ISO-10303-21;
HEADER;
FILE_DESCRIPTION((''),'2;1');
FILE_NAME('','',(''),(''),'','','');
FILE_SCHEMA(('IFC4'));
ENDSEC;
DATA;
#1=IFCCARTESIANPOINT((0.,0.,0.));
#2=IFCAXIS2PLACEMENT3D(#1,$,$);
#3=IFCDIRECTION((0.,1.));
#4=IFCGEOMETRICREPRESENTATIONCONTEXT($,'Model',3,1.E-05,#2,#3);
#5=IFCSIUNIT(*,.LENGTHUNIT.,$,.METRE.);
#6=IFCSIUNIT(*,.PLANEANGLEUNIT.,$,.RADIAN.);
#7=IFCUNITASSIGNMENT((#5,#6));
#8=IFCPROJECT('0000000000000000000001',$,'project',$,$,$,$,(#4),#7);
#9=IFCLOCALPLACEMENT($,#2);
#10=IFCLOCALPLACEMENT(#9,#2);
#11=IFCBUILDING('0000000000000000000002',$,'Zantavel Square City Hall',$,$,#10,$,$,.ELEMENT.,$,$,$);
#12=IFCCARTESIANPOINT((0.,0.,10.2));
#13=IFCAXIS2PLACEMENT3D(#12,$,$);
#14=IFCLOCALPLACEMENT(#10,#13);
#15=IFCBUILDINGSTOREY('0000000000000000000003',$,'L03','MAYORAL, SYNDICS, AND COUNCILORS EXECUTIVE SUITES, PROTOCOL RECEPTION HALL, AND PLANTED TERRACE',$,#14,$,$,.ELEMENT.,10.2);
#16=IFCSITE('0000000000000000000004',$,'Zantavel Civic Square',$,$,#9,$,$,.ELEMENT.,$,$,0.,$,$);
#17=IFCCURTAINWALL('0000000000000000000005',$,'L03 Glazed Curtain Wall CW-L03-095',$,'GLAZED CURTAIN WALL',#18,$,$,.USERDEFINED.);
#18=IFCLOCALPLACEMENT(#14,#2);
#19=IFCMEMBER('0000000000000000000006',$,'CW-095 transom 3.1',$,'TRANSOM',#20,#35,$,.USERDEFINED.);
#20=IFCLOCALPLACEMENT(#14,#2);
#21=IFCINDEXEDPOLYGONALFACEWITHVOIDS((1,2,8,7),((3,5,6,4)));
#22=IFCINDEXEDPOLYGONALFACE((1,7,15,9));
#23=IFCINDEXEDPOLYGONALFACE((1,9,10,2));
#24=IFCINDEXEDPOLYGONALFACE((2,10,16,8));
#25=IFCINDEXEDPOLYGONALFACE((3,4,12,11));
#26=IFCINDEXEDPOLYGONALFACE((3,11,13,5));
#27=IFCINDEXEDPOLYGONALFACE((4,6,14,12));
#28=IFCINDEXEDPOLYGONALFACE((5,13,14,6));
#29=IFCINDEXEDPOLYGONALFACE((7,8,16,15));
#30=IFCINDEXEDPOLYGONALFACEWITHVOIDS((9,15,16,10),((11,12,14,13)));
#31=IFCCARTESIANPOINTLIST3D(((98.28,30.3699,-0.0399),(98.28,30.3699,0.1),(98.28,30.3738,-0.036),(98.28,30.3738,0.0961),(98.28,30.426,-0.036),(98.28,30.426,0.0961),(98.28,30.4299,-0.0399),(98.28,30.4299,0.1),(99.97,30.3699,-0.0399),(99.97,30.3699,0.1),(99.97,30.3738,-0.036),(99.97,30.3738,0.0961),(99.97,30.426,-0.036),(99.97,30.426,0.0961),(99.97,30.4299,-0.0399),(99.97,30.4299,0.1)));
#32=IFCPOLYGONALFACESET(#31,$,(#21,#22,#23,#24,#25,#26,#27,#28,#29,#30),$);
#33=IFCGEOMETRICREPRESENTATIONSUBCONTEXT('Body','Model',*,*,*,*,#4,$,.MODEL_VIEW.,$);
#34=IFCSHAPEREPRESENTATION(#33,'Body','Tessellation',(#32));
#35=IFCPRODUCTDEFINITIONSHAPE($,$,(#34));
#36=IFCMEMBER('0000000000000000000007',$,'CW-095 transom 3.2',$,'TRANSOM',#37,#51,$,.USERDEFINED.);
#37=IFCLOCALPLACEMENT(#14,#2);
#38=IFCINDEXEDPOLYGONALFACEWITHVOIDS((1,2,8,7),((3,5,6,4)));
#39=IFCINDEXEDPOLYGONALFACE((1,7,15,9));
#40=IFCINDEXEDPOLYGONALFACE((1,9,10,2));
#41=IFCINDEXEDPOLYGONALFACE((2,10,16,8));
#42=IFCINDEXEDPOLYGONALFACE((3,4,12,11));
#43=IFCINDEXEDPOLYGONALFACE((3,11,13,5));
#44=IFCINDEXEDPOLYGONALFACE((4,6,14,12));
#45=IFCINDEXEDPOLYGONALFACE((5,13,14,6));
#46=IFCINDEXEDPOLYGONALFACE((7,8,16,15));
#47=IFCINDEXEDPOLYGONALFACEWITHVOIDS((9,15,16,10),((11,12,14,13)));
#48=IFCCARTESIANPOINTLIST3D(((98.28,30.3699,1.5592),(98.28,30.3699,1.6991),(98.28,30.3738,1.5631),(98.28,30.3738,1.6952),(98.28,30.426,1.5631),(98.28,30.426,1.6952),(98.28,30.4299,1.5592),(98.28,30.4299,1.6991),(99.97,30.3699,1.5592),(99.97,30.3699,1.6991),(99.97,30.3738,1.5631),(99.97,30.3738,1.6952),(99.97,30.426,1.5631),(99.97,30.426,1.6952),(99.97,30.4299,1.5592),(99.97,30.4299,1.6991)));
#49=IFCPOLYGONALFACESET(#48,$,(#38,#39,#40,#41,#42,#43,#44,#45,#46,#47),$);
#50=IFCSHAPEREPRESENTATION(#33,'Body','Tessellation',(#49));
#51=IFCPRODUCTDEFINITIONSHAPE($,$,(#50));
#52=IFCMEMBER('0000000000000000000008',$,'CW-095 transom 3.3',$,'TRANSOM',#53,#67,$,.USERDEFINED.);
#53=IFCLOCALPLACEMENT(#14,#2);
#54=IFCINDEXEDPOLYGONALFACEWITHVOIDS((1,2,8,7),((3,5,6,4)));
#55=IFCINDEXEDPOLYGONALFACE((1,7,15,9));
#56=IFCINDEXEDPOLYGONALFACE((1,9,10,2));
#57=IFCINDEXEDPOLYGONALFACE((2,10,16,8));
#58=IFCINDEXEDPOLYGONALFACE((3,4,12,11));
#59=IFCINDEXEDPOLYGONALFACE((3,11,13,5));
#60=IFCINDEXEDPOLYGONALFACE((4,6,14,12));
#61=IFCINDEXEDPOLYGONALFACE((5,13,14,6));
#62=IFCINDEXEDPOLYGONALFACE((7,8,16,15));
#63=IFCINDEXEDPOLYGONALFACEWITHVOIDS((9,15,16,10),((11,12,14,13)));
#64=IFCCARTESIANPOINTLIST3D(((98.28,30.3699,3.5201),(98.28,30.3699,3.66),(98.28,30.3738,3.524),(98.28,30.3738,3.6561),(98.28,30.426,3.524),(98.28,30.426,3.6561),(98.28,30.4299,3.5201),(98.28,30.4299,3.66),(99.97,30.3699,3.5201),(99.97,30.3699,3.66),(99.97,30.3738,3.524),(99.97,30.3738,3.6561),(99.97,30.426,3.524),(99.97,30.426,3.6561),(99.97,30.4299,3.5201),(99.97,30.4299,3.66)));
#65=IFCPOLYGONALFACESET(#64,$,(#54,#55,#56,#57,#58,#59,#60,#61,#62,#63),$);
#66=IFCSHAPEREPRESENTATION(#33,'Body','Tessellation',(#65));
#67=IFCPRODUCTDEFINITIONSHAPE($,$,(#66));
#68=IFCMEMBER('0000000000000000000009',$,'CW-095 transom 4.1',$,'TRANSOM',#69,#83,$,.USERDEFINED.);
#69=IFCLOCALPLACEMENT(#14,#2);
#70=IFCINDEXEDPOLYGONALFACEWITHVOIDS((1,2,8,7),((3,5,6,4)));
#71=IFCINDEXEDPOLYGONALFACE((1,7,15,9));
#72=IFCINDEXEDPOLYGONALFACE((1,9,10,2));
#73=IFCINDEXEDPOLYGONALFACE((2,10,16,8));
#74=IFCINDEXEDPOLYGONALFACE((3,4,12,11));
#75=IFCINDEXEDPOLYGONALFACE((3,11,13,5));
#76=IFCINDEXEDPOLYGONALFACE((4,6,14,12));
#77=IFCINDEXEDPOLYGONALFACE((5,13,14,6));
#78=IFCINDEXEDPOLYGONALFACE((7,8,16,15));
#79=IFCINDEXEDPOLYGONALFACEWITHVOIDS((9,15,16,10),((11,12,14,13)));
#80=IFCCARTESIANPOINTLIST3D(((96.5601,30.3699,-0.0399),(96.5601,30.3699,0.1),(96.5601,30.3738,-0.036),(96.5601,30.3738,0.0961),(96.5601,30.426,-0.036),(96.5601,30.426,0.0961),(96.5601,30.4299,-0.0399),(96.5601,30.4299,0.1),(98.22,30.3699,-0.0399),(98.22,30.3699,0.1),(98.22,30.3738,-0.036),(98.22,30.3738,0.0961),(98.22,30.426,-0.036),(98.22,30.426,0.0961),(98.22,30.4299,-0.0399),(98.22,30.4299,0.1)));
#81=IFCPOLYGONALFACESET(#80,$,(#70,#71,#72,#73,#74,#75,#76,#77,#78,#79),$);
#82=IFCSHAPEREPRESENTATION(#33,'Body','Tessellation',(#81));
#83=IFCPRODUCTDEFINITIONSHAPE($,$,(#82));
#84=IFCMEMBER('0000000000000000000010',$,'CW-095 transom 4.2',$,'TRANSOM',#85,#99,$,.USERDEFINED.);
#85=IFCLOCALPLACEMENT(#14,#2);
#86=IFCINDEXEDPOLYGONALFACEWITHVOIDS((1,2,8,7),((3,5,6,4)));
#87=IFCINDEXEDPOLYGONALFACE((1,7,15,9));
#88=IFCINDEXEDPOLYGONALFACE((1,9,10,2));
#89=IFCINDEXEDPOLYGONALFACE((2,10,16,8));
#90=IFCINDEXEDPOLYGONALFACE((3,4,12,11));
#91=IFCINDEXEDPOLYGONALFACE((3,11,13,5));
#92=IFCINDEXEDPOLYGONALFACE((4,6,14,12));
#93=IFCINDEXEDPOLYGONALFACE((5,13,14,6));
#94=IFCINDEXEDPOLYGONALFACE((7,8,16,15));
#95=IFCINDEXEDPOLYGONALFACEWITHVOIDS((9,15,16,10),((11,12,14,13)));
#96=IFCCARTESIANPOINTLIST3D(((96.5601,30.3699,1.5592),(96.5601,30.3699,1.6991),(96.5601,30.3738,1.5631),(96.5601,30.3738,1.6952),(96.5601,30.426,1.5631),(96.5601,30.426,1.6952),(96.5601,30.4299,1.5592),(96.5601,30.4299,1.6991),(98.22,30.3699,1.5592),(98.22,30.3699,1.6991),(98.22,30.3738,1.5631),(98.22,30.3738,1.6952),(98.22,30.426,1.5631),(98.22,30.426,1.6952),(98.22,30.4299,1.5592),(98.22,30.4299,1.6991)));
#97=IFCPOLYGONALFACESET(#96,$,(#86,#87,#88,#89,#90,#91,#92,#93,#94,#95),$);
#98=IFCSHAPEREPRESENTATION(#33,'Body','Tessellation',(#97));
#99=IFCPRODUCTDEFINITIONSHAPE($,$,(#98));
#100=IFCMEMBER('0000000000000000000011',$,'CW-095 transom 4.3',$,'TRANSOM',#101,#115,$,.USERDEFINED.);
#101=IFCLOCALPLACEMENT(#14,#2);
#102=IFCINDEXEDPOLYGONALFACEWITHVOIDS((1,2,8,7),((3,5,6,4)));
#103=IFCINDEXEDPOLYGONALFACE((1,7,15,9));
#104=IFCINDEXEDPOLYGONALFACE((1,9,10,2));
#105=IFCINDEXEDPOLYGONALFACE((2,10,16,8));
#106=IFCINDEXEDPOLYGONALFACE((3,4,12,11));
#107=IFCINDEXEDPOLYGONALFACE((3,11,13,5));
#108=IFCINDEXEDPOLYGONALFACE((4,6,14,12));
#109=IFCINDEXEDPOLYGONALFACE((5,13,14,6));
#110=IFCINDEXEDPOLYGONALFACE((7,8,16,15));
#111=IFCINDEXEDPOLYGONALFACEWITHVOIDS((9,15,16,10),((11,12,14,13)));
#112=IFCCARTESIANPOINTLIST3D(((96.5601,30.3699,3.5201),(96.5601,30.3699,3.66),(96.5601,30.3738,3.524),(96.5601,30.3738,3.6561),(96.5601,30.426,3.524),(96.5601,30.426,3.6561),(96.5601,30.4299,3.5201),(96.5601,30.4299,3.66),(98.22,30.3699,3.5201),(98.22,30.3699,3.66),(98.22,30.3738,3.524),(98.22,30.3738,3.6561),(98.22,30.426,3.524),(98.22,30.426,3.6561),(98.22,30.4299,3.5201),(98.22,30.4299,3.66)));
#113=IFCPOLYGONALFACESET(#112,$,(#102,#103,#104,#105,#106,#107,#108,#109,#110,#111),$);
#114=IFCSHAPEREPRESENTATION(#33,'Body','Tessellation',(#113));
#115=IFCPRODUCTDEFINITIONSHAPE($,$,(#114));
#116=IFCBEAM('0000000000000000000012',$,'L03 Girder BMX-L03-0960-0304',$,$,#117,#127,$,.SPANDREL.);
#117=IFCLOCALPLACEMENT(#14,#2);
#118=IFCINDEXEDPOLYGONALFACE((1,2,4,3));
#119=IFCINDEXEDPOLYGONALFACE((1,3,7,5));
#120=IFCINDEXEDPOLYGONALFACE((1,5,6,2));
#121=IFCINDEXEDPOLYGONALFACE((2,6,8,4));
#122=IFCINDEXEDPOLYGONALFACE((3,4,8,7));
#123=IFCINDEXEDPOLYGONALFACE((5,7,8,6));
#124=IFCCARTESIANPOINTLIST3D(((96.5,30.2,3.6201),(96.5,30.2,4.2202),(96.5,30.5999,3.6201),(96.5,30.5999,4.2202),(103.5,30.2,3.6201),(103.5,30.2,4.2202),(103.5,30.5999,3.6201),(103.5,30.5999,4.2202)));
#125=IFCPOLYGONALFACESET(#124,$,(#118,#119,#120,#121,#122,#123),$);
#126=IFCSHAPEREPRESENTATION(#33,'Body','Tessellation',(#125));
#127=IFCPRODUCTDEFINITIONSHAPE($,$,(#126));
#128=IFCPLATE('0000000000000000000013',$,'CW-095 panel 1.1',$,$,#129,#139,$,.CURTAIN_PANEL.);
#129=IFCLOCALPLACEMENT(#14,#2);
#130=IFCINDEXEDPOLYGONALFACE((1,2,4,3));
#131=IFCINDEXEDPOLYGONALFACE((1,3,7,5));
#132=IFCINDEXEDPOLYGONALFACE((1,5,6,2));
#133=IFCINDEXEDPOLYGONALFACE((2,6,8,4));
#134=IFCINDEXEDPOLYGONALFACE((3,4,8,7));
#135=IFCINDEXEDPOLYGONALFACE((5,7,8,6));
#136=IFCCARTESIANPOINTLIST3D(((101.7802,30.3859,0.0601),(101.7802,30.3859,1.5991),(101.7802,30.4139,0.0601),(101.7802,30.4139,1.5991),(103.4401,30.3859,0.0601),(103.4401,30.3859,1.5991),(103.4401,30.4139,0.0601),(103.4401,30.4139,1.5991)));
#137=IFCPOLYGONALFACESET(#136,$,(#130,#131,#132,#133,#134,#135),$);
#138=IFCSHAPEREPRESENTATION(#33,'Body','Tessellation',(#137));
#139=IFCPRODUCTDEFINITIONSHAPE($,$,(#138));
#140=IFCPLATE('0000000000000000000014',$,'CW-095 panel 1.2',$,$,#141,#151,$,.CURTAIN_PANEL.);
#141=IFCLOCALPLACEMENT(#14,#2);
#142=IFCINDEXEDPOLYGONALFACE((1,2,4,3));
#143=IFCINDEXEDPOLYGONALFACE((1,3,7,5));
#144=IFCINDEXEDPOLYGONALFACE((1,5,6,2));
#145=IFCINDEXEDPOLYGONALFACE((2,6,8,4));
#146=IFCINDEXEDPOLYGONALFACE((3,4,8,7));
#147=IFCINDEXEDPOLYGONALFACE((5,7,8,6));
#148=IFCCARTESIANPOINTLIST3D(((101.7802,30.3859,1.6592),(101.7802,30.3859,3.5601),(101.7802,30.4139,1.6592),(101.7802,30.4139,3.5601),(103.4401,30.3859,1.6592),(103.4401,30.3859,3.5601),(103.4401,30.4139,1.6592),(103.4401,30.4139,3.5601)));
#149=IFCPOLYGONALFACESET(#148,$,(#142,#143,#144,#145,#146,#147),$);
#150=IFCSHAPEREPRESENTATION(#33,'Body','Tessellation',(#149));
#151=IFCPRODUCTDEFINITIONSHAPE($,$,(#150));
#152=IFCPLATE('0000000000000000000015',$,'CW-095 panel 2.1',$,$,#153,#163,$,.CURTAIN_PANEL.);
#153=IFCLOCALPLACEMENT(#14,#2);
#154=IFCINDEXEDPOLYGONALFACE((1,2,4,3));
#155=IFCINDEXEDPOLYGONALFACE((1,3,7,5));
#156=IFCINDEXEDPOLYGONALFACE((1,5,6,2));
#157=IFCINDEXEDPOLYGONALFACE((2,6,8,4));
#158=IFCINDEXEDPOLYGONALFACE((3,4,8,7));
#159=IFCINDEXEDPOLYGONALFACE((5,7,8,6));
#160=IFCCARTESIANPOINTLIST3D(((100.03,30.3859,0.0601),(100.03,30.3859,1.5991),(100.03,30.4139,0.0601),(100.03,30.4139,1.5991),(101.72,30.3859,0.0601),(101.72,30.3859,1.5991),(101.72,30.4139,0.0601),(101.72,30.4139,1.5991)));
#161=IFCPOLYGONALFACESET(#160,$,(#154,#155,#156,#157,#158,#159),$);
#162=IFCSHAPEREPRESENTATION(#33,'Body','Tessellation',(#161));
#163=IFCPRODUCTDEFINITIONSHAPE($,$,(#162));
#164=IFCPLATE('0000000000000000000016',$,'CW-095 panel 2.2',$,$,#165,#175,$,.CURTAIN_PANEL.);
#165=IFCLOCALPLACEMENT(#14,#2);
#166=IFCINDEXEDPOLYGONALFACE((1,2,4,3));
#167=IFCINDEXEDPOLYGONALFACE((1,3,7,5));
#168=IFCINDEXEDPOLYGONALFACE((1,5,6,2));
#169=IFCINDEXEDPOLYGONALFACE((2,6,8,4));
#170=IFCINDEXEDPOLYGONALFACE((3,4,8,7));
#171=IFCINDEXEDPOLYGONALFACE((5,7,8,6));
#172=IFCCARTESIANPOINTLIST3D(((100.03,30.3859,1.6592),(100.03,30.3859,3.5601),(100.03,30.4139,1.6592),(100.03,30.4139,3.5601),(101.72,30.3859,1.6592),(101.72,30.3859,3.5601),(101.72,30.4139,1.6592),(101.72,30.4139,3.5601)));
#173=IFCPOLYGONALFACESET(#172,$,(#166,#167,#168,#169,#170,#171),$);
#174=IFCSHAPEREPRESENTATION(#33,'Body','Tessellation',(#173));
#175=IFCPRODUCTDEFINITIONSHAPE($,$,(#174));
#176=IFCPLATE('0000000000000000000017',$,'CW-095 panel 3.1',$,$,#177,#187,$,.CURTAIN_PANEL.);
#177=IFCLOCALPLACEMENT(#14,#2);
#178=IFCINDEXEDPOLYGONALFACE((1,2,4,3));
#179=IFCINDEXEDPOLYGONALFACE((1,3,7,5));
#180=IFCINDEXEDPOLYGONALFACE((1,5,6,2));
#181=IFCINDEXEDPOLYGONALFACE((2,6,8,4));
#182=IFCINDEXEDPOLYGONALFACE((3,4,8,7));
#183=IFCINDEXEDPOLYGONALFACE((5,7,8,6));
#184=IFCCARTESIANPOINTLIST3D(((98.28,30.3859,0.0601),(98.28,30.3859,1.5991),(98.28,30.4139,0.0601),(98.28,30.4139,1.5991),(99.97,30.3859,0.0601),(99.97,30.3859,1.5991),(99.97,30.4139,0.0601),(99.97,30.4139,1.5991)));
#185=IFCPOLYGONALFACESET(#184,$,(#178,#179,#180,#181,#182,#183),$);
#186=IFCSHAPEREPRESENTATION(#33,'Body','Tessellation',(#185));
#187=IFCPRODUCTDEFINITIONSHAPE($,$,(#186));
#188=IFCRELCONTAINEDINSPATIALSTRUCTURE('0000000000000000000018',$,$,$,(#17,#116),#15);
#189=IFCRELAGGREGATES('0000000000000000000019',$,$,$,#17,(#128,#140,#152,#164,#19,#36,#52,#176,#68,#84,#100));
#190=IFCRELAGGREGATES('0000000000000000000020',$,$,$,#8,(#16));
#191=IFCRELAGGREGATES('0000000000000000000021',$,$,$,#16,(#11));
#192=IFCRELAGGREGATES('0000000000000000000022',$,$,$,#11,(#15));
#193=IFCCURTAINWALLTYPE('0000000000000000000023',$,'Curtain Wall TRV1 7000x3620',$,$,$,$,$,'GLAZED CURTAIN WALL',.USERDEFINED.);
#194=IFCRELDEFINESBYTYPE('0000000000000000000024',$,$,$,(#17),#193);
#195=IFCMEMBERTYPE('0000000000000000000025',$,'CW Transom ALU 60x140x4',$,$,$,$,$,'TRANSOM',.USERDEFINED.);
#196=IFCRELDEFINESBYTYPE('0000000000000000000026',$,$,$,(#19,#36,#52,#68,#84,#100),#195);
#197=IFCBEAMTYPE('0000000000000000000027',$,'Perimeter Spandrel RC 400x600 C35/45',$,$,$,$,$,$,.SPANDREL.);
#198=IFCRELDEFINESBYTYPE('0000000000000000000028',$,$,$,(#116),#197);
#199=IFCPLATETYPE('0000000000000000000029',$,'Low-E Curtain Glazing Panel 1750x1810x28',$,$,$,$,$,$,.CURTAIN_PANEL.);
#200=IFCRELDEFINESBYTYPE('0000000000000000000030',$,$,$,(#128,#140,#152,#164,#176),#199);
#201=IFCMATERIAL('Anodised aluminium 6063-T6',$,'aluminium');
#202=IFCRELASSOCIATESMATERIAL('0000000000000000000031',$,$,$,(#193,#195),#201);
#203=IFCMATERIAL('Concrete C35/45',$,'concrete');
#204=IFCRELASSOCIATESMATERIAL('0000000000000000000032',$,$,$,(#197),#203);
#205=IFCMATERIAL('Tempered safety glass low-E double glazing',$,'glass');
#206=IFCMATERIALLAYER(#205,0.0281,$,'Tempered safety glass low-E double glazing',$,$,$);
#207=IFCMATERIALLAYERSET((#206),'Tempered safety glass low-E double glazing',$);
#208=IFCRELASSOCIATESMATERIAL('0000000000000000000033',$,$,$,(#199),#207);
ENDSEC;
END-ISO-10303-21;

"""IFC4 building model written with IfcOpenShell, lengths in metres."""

from ifc_helpers import new_model, si_unit, direction, frame, origin, origin_2d, place, context, subcontext, project, spatial, rectangle, hollow_rectangle, extrude, material, layer, layer_set, material_profile, profile_set, type_object, element, aggregate, save


model = new_model("IFC4")

# Units and contexts
model_context = context("Model", 3, precision=1e-05, world=origin(), true_north=direction((0.0, 1.0)))
body_context = subcontext(model_context, "Body", "Model", "MODEL_VIEW")
ifc_project = project(units=[si_unit("LENGTHUNIT", "METRE"), si_unit("PLANEANGLEUNIT", "RADIAN")], contexts=[model_context])

# Site, building, storey
site_placement = place(None, origin())
site = spatial("IfcSite", under=ifc_project, at=site_placement, Name="Zantavel Civic Square", CompositionType="ELEMENT", RefElevation=0.0)
building_placement = place(site_placement, origin())
building = spatial("IfcBuilding", under=site, at=building_placement, Name="Zantavel Square City Hall", CompositionType="ELEMENT")
storey_placement = place(building_placement, frame((0.0, 0.0, 10.2)))
storey = spatial("IfcBuildingStorey", under=building, at=storey_placement, Name="L03", Description="MAYORAL, SYNDICS, AND COUNCILORS EXECUTIVE SUITES, PROTOCOL RECEPTION HALL, AND PLANTED TERRACE", CompositionType="ELEMENT", Elevation=10.2)

# Curtain wall, members
ifc_material_1 = material(Name="Anodised aluminium 6063-T6", Category="aluminium")
curtain_wall_type = type_object("IfcCurtainWallType", Name="Curtain Wall TRV1 7000x3620", ElementType="GLAZED CURTAIN WALL", PredefinedType="USERDEFINED", material=ifc_material_1)
curtain_wall_placement = place(storey_placement, origin())
curtain_wall = element("IfcCurtainWall", 1, at=curtain_wall_placement, inside=storey, type_object=curtain_wall_type, Name="L03 Glazed Curtain Wall CW-L03-095", ObjectType="GLAZED CURTAIN WALL", PredefinedType="USERDEFINED")
ifc_material_profile_1 = material_profile(ifc_material_1, hollow_rectangle(XDim=0.0601, YDim=0.1399, WallThickness=0.0039, at=origin_2d()), Name="ALU 60x140x4")
ifc_profile_set_1 = profile_set([ifc_material_profile_1], Name="Anodised aluminium 6063-T6")
member_type_1 = type_object("IfcMemberType", Name="CW Transom ALU 60x140x4", ElementType="TRANSOM", PredefinedType="USERDEFINED", material=ifc_profile_set_1)
member_1_placement = place(storey_placement, frame((99.97, 30.3999, 0.03), z_axis=(-1.0, 0.0, 0.0), x_axis=(0.0, -1.0, 0.0)))
member_1 = element("IfcMember", 2, at=member_1_placement, type_object=member_type_1, Name="CW-095 transom 3.1", ObjectType="TRANSOM", PredefinedType="USERDEFINED", context=body_context, shape_type="SweptSolid", body=[
    extrude(hollow_rectangle(XDim=0.0601, YDim=0.1399, WallThickness=0.0039, at=origin_2d()), origin(), (0.0, 0.0, 1.0), 1.6899),
])
member_2_placement = place(storey_placement, frame((99.97, 30.3999, 1.6292), z_axis=(-1.0, 0.0, 0.0), x_axis=(0.0, -1.0, 0.0)))
member_2 = element("IfcMember", 3, at=member_2_placement, type_object=member_type_1, Name="CW-095 transom 3.2", ObjectType="TRANSOM", PredefinedType="USERDEFINED", context=body_context, shape_type="SweptSolid", body=[
    extrude(hollow_rectangle(XDim=0.0601, YDim=0.1399, WallThickness=0.0039, at=origin_2d()), origin(), (0.0, 0.0, 1.0), 1.6899),
])
member_3_placement = place(storey_placement, frame((99.97, 30.3999, 3.5901), z_axis=(-1.0, 0.0, 0.0), x_axis=(0.0, -1.0, 0.0)))
member_3 = element("IfcMember", 4, at=member_3_placement, type_object=member_type_1, Name="CW-095 transom 3.3", ObjectType="TRANSOM", PredefinedType="USERDEFINED", context=body_context, shape_type="SweptSolid", body=[
    extrude(hollow_rectangle(XDim=0.0601, YDim=0.1399, WallThickness=0.0039, at=origin_2d()), origin(), (0.0, 0.0, 1.0), 1.6899),
])
member_4_placement = place(storey_placement, frame((98.22, 30.3999, 0.03), z_axis=(-1.0, 0.0, 0.0), x_axis=(0.0, -1.0, 0.0)))
member_4 = element("IfcMember", 5, at=member_4_placement, type_object=member_type_1, Name="CW-095 transom 4.1", ObjectType="TRANSOM", PredefinedType="USERDEFINED", context=body_context, shape_type="SweptSolid", body=[
    extrude(hollow_rectangle(XDim=0.0601, YDim=0.1399, WallThickness=0.0039, at=origin_2d()), origin(), (0.0, 0.0, 1.0), 1.6599),
])
member_5_placement = place(storey_placement, frame((98.22, 30.3999, 1.6292), z_axis=(-1.0, 0.0, 0.0), x_axis=(0.0, -1.0, 0.0)))
member_5 = element("IfcMember", 6, at=member_5_placement, type_object=member_type_1, Name="CW-095 transom 4.2", ObjectType="TRANSOM", PredefinedType="USERDEFINED", context=body_context, shape_type="SweptSolid", body=[
    extrude(hollow_rectangle(XDim=0.0601, YDim=0.1399, WallThickness=0.0039, at=origin_2d()), origin(), (0.0, 0.0, 1.0), 1.6599),
])
member_6_placement = place(storey_placement, frame((98.22, 30.3999, 3.5901), z_axis=(-1.0, 0.0, 0.0), x_axis=(0.0, -1.0, 0.0)))
member_6 = element("IfcMember", 7, at=member_6_placement, type_object=member_type_1, Name="CW-095 transom 4.3", ObjectType="TRANSOM", PredefinedType="USERDEFINED", context=body_context, shape_type="SweptSolid", body=[
    extrude(hollow_rectangle(XDim=0.0601, YDim=0.1399, WallThickness=0.0039, at=origin_2d()), origin(), (0.0, 0.0, 1.0), 1.6599),
])

# Beam
ifc_material_2 = material(Name="Concrete C35/45", Category="concrete")
ifc_material_profile_2 = material_profile(ifc_material_2, rectangle(XDim=0.3999, YDim=0.6001, at=origin_2d()), Name="RC 400x600")
ifc_profile_set_2 = profile_set([ifc_material_profile_2], Name="Concrete C35/45")
beam_type = type_object("IfcBeamType", Name="Perimeter Spandrel RC 400x600 C35/45", PredefinedType="SPANDREL", material=ifc_profile_set_2)
beam_placement = place(storey_placement, frame((96.5, 30.3999, 3.9202), z_axis=(1.0, 0.0, 0.0), x_axis=(0.0, 1.0, 0.0)))
element("IfcBeam", 8, at=beam_placement, inside=storey, type_object=beam_type, Name="L03 Girder BMX-L03-0960-0304", PredefinedType="SPANDREL", context=body_context, shape_type="SweptSolid", body=[
    extrude(rectangle(XDim=0.3999, YDim=0.6001, at=origin_2d()), origin(), (0.0, 0.0, 1.0), 7.0),
])

# Plates
ifc_material_3 = material(Name="Tempered safety glass low-E double glazing", Category="glass")
ifc_layer = layer(ifc_material_3, 0.0281, Name="Tempered safety glass low-E double glazing")
ifc_layer_set = layer_set([ifc_layer], Name="Tempered safety glass low-E double glazing")
plate_type = type_object("IfcPlateType", Name="Low-E Curtain Glazing Panel 1750x1810x28", PredefinedType="CURTAIN_PANEL", material=ifc_layer_set)
plate_1_placement = place(storey_placement, frame((102.6101, 30.3999, 0.0601), z_axis=(0.0, 0.0, 1.0), x_axis=(-1.0, 0.0, 0.0)))
plate_1 = element("IfcPlate", 9, at=plate_1_placement, type_object=plate_type, Name="CW-095 panel 1.1", PredefinedType="CURTAIN_PANEL", context=body_context, shape_type="SweptSolid", body=[
    extrude(rectangle(XDim=1.6599, YDim=0.0281, at=origin_2d()), origin(), (0.0, 0.0, 1.0), 1.5391),
])
plate_2_placement = place(storey_placement, frame((102.6101, 30.3999, 1.6592), z_axis=(0.0, 0.0, 1.0), x_axis=(-1.0, 0.0, 0.0)))
plate_2 = element("IfcPlate", 10, at=plate_2_placement, type_object=plate_type, Name="CW-095 panel 1.2", PredefinedType="CURTAIN_PANEL", context=body_context, shape_type="SweptSolid", body=[
    extrude(rectangle(XDim=1.6599, YDim=0.0281, at=origin_2d()), origin(), (0.0, 0.0, 1.0), 1.9009),
])
plate_3_placement = place(storey_placement, frame((100.875, 30.3999, 0.0601), z_axis=(0.0, 0.0, 1.0), x_axis=(-1.0, 0.0, 0.0)))
plate_3 = element("IfcPlate", 11, at=plate_3_placement, type_object=plate_type, Name="CW-095 panel 2.1", PredefinedType="CURTAIN_PANEL", context=body_context, shape_type="SweptSolid", body=[
    extrude(rectangle(XDim=1.6899, YDim=0.0281, at=origin_2d()), origin(), (0.0, 0.0, 1.0), 1.5391),
])
plate_4_placement = place(storey_placement, frame((100.875, 30.3999, 1.6592), z_axis=(0.0, 0.0, 1.0), x_axis=(-1.0, 0.0, 0.0)))
plate_4 = element("IfcPlate", 12, at=plate_4_placement, type_object=plate_type, Name="CW-095 panel 2.2", PredefinedType="CURTAIN_PANEL", context=body_context, shape_type="SweptSolid", body=[
    extrude(rectangle(XDim=1.6899, YDim=0.0281, at=origin_2d()), origin(), (0.0, 0.0, 1.0), 1.9009),
])
plate_5_placement = place(storey_placement, frame((99.125, 30.3999, 0.0601), z_axis=(0.0, 0.0, 1.0), x_axis=(-1.0, 0.0, 0.0)))
plate_5 = element("IfcPlate", 13, at=plate_5_placement, type_object=plate_type, Name="CW-095 panel 3.1", PredefinedType="CURTAIN_PANEL", context=body_context, shape_type="SweptSolid", body=[
    extrude(rectangle(XDim=1.6899, YDim=0.0281, at=origin_2d()), origin(), (0.0, 0.0, 1.0), 1.5391),
])
aggregate(curtain_wall, [plate_1, plate_2, plate_3, plate_4, member_1, member_2, member_3, plate_5, member_4, member_5, member_6])

save(model, "model.ifc")
